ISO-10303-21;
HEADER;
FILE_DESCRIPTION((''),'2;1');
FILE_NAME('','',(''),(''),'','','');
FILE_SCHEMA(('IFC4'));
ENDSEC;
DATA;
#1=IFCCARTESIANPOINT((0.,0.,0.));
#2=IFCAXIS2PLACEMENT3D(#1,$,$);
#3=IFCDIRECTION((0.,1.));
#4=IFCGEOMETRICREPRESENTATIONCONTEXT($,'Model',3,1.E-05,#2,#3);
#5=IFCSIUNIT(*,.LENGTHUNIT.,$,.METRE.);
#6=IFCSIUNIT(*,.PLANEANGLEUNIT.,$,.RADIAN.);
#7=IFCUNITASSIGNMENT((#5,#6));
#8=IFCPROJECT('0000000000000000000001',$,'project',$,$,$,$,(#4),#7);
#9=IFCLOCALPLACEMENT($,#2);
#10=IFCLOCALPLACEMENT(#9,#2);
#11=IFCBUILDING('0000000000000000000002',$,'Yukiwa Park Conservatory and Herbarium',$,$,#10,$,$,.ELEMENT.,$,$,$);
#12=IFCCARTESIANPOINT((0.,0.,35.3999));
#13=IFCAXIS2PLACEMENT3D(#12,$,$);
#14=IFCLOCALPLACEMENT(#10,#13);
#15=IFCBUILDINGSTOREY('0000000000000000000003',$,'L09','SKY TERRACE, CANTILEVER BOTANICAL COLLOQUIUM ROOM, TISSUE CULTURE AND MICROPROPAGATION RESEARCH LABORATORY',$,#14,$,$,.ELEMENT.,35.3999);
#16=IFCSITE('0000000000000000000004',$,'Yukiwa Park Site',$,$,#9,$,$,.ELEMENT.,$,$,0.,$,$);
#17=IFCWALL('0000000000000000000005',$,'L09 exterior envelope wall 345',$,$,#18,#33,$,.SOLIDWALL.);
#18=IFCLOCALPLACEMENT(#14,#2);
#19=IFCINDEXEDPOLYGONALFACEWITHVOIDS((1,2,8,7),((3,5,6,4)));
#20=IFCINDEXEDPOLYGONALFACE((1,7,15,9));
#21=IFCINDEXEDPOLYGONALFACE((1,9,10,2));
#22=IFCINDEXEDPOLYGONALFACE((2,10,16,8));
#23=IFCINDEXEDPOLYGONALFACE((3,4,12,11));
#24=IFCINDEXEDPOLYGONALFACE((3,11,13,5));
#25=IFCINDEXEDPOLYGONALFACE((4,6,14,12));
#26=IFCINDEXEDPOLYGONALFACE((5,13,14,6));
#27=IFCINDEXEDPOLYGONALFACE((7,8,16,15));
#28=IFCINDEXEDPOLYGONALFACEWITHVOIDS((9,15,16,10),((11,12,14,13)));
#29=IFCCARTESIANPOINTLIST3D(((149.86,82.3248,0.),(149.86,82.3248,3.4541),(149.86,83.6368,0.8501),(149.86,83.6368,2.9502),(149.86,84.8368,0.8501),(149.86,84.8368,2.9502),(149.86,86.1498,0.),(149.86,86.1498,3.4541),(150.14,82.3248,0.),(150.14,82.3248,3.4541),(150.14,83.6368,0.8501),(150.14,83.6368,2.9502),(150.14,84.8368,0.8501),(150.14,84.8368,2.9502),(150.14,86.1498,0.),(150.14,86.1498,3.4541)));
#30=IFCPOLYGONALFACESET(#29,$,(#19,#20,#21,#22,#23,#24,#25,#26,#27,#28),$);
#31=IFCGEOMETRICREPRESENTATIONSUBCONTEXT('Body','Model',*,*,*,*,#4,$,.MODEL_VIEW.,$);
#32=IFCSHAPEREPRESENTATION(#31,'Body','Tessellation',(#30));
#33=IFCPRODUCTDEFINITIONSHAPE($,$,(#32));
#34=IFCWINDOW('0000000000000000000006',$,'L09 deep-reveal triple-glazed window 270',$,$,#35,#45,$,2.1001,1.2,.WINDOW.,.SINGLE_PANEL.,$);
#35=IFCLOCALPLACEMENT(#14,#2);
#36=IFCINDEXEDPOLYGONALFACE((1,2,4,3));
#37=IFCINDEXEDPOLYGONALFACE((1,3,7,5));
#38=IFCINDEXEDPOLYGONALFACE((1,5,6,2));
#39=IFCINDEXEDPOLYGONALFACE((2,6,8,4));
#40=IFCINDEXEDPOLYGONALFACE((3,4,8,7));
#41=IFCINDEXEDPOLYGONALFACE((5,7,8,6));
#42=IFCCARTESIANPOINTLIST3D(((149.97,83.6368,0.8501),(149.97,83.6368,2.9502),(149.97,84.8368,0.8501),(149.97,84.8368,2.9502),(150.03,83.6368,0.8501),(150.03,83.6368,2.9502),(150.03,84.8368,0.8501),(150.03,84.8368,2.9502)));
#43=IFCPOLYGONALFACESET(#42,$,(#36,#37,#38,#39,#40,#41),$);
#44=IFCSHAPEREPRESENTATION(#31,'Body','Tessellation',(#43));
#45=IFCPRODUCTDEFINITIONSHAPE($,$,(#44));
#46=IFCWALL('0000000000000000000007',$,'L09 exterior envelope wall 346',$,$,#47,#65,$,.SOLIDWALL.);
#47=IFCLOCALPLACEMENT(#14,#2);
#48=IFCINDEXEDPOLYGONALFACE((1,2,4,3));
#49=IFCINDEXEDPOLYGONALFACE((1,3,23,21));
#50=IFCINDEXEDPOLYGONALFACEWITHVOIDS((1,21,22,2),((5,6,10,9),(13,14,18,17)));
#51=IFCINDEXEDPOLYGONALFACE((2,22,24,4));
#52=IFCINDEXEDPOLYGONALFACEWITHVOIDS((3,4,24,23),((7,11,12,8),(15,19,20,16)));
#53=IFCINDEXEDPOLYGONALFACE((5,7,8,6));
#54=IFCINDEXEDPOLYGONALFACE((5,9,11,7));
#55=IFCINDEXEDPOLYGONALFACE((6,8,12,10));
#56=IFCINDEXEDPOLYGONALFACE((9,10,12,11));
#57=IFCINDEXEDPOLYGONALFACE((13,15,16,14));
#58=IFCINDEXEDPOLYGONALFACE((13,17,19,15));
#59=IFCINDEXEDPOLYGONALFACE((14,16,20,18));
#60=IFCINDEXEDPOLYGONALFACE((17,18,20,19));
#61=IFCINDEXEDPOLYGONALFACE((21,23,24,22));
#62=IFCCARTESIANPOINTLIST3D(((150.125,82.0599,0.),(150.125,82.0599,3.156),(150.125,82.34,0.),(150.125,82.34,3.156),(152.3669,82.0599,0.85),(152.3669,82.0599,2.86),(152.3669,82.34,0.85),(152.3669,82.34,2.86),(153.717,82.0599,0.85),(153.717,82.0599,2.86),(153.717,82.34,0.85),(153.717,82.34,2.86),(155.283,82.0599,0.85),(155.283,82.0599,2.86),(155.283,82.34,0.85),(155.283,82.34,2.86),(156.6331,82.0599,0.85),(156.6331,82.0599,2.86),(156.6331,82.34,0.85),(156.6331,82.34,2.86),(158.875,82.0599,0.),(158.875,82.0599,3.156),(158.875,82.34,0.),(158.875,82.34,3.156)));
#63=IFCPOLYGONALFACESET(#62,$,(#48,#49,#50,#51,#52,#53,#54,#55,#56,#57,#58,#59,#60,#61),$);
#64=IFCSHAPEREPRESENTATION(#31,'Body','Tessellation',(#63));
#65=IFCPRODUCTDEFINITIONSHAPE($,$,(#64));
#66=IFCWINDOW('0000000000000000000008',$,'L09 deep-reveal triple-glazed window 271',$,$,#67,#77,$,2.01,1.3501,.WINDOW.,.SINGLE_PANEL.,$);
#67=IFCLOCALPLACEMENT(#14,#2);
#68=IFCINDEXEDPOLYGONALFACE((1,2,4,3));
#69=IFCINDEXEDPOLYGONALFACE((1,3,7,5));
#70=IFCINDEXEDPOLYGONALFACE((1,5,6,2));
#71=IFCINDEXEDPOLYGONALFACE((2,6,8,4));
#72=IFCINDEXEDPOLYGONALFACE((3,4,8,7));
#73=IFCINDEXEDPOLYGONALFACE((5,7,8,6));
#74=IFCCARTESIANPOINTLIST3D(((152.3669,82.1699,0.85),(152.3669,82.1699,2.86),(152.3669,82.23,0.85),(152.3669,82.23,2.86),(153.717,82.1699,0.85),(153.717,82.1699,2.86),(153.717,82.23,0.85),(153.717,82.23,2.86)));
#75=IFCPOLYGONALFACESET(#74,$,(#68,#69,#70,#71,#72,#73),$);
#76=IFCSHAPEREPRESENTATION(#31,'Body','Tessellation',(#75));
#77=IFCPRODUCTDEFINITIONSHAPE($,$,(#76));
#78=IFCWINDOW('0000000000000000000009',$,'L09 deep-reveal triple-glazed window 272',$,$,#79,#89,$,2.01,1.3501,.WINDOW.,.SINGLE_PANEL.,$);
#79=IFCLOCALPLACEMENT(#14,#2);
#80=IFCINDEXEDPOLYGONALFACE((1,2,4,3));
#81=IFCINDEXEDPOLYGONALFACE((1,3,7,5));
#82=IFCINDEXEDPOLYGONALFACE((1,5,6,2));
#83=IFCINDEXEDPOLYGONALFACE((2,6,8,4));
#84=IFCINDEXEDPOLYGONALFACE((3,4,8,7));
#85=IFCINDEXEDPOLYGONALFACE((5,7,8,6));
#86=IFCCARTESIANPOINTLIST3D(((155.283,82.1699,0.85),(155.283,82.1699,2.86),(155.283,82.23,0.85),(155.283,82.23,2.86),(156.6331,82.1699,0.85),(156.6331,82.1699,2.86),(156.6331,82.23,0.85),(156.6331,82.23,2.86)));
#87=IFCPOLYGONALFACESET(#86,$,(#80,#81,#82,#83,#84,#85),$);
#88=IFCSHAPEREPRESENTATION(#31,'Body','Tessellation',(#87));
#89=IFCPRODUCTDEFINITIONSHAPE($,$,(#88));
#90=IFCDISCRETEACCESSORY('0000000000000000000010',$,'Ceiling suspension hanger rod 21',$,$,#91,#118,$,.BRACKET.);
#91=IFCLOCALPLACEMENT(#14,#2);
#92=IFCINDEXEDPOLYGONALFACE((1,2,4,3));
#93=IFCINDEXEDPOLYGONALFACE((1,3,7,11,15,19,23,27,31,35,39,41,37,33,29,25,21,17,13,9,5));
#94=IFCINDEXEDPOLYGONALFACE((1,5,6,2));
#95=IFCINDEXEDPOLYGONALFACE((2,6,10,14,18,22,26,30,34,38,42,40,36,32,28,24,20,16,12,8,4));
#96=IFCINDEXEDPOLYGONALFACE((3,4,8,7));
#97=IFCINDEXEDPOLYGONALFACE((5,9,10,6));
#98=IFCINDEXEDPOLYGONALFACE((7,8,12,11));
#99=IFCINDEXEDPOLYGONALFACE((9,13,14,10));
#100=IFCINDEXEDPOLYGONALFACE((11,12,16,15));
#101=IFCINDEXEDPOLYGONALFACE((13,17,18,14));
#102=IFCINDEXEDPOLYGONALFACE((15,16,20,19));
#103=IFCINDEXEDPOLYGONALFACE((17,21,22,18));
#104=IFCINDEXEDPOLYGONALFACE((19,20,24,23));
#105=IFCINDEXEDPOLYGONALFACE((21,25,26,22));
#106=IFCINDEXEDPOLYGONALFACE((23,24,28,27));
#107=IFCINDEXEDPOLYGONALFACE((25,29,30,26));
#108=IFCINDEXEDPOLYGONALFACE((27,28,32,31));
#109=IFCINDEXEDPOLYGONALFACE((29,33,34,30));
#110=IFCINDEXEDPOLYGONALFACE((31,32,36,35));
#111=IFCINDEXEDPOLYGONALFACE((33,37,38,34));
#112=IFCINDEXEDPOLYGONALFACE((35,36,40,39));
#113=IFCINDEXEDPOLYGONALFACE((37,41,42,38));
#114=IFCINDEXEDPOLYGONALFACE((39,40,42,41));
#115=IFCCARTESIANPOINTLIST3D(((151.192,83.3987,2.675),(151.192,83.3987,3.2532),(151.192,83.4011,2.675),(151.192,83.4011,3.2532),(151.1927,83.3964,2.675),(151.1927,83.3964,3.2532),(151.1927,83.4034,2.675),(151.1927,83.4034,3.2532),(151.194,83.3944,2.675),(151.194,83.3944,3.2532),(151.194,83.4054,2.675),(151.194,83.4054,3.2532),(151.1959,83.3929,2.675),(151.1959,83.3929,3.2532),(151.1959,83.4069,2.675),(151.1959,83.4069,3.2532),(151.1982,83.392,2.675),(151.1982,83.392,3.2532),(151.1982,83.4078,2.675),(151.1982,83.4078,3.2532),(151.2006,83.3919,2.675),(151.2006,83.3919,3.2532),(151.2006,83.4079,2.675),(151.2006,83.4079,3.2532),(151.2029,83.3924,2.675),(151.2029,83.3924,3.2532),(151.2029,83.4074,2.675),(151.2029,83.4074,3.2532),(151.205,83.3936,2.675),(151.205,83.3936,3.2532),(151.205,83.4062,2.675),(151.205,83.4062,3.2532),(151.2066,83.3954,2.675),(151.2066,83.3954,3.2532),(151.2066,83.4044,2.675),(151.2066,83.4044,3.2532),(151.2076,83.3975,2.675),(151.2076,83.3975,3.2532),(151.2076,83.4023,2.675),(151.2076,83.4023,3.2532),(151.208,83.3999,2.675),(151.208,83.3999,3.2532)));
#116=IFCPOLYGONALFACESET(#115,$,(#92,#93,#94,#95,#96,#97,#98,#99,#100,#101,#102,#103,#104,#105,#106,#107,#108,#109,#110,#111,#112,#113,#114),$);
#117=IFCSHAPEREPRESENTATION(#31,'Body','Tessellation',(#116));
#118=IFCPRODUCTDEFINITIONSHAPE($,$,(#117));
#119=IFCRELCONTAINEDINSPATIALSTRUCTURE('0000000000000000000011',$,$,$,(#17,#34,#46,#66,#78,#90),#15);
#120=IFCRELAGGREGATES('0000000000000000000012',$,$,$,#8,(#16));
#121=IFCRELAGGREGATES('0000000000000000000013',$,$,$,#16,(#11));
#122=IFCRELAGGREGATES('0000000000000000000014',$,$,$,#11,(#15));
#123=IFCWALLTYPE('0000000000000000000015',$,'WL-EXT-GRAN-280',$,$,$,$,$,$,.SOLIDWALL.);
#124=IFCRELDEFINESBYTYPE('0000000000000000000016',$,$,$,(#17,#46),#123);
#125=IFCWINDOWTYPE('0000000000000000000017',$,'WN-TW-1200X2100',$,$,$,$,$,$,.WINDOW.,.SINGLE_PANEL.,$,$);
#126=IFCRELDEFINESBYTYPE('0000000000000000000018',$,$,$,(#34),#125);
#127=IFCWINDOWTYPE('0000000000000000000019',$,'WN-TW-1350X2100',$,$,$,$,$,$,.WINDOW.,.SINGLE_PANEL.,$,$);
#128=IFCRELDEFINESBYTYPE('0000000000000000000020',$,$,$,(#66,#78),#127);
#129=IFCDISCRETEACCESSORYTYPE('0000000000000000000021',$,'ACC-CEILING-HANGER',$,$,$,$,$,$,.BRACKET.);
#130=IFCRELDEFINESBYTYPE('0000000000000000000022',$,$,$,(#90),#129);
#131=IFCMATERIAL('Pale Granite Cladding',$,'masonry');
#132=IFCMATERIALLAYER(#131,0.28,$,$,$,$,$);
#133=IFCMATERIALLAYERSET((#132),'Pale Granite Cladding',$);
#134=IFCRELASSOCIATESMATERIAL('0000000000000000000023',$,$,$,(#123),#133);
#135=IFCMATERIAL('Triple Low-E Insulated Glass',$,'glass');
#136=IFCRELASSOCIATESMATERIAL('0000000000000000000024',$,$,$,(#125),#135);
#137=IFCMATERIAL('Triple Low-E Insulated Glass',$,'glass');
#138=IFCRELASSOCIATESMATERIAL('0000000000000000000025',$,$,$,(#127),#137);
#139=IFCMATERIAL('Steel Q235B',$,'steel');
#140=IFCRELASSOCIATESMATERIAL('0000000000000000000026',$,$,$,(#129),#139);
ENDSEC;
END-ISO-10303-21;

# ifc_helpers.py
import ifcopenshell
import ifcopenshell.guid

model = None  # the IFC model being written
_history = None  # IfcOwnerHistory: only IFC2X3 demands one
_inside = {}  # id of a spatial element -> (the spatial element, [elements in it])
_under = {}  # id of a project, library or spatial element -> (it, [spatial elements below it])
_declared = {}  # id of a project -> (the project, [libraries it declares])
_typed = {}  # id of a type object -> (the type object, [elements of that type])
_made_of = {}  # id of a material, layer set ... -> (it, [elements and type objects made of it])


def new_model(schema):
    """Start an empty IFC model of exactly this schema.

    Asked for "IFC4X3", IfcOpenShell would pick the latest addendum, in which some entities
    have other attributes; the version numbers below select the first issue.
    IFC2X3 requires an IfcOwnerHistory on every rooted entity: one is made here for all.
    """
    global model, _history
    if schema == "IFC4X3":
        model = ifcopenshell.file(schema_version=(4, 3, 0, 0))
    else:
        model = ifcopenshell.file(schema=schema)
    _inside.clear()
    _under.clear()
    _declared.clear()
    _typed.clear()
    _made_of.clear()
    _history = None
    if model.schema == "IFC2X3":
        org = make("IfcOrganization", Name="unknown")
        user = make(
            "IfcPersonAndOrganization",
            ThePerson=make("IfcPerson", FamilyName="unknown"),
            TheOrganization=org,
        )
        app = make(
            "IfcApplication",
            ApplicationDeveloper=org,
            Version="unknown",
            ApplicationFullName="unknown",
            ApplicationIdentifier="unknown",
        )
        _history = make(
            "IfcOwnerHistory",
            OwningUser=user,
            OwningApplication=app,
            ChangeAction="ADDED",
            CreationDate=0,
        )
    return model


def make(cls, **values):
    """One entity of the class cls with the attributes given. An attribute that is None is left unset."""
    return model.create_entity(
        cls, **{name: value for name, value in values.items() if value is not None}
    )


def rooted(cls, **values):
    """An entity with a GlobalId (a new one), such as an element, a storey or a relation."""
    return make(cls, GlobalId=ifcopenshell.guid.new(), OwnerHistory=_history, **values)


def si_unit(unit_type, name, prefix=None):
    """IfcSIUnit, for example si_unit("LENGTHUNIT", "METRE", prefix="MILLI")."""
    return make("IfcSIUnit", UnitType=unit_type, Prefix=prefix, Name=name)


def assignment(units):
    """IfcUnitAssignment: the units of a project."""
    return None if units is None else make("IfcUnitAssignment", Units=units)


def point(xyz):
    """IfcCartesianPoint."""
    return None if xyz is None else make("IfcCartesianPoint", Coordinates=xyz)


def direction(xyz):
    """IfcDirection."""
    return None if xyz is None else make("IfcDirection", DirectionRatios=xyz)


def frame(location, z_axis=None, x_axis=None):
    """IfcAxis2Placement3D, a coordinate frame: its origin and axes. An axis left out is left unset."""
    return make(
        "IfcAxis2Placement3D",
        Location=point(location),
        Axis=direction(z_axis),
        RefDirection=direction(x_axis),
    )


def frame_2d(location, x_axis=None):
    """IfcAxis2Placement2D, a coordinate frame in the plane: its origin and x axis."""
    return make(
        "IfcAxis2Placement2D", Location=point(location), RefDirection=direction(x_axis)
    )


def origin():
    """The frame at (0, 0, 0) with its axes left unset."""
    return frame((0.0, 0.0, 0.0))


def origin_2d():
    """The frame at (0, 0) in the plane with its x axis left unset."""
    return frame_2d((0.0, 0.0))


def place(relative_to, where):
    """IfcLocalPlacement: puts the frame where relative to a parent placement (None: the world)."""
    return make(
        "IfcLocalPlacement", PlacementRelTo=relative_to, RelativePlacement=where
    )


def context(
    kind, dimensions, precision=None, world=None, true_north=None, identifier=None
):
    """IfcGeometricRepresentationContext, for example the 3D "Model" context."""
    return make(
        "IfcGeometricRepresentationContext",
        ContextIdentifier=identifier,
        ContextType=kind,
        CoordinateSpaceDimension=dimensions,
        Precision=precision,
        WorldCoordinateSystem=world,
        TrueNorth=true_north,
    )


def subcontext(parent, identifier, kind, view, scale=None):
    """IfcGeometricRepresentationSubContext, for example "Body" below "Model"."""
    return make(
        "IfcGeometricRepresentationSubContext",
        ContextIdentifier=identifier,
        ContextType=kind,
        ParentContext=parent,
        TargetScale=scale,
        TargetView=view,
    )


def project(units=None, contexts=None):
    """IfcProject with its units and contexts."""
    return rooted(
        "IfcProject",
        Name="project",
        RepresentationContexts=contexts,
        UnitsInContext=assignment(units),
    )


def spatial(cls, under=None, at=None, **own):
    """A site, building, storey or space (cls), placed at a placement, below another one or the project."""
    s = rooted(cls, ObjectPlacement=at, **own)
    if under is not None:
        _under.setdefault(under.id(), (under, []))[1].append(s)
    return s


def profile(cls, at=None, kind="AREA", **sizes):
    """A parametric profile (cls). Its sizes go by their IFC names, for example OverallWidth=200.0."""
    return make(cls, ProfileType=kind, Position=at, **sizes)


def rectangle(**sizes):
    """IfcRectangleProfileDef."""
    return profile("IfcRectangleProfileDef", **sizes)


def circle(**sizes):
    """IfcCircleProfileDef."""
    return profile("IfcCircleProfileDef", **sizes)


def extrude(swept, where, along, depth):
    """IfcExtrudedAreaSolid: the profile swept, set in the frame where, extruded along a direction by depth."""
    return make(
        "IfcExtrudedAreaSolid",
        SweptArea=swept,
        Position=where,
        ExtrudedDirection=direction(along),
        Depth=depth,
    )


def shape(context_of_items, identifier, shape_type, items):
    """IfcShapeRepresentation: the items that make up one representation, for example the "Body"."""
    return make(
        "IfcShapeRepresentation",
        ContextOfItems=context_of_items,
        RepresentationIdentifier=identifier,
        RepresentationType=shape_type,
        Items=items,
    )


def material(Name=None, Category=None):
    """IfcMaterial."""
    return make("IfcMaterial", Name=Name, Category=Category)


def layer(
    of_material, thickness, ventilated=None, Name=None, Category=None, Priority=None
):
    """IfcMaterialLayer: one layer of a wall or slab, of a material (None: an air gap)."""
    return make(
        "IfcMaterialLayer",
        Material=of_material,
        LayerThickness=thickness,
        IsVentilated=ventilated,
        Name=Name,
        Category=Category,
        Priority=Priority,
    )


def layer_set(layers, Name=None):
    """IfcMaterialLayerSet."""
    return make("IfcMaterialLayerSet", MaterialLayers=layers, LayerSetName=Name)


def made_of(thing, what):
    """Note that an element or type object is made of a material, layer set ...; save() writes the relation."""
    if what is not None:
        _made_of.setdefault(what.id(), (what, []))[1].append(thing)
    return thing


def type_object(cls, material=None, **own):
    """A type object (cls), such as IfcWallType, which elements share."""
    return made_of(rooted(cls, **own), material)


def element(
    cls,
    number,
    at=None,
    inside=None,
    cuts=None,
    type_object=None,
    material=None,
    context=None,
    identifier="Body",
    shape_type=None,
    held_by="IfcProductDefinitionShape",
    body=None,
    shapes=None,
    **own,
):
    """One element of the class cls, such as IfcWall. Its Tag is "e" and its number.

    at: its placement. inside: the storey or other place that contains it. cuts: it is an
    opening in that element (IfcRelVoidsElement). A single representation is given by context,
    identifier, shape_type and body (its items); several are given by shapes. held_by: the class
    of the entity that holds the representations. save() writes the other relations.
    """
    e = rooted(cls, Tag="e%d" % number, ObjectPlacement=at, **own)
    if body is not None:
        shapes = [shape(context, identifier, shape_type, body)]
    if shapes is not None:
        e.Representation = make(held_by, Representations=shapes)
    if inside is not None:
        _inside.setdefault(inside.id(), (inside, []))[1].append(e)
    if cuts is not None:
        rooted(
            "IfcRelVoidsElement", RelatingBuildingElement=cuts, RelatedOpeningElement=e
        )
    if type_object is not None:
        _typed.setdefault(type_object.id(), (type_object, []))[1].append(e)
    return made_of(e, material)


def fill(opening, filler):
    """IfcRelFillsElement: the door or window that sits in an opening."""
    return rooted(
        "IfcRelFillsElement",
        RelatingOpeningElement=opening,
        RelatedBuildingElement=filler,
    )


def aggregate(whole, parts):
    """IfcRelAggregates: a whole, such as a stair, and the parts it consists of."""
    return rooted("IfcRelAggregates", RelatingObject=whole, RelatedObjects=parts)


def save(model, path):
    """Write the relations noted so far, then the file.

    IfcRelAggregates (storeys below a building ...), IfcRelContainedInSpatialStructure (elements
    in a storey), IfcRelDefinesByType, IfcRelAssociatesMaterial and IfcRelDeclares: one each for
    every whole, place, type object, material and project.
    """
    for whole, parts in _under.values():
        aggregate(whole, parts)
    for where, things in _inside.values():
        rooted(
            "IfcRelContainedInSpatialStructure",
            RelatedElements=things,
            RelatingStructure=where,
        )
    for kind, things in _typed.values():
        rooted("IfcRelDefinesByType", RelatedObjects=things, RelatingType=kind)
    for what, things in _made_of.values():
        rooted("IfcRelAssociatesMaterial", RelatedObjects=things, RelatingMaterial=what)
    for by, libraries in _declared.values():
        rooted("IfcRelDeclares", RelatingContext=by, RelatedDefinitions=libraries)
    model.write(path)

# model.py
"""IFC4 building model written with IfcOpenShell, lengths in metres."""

from ifc_helpers import new_model, si_unit, direction, frame, frame_2d, origin, origin_2d, place, context, subcontext, project, spatial, rectangle, circle, extrude, material, layer, layer_set, type_object, element, fill, save


model = new_model("IFC4")

# Units and contexts
model_context = context("Model", 3, precision=1e-05, world=origin(), true_north=direction((0.0, 1.0)))
body_context = subcontext(model_context, "Body", "Model", "MODEL_VIEW")
ifc_project = project(units=[si_unit("LENGTHUNIT", "METRE"), si_unit("PLANEANGLEUNIT", "RADIAN")], contexts=[model_context])

# Site, building, storey
site_placement = place(None, origin())
site = spatial("IfcSite", under=ifc_project, at=site_placement, Name="Yukiwa Park Site", CompositionType="ELEMENT", RefElevation=0.0)
building_placement = place(site_placement, origin())
building = spatial("IfcBuilding", under=site, at=building_placement, Name="Yukiwa Park Conservatory and Herbarium", CompositionType="ELEMENT")
storey_placement = place(building_placement, frame((0.0, 0.0, 35.3999)))
storey = spatial("IfcBuildingStorey", under=building, at=storey_placement, Name="L09", Description="SKY TERRACE, CANTILEVER BOTANICAL COLLOQUIUM ROOM, TISSUE CULTURE AND MICROPROPAGATION RESEARCH LABORATORY", CompositionType="ELEMENT", Elevation=35.3999)

# Wall, opening, window
ifc_material_1 = material(Name="Pale Granite Cladding", Category="masonry")
ifc_layer_1 = layer(ifc_material_1, 0.28)
ifc_layer_set_1 = layer_set([ifc_layer_1], Name="Pale Granite Cladding")
wall_type = type_object("IfcWallType", Name="WL-EXT-GRAN-280", PredefinedType="SOLIDWALL", material=ifc_layer_set_1)
wall_1_placement = place(storey_placement, frame((150.0, 86.1499, 0.0), z_axis=(0.0, 0.0, 1.0), x_axis=(0.0, -1.0, 0.0)))
wall_1 = element("IfcWall", 1, at=wall_1_placement, inside=storey, type_object=wall_type, Name="L09 exterior envelope wall 345", PredefinedType="SOLIDWALL", context=body_context, shape_type="SweptSolid", body=[
    extrude(rectangle(XDim=3.825, YDim=0.28, at=frame_2d((1.9126, 0.0))), origin(), (0.0, 0.0, 1.0), 3.4541),
])
opening_1_placement = place(wall_1_placement, frame((1.313, 0.0, 0.8501)))
opening_1 = element("IfcOpeningElement", 2, at=opening_1_placement, cuts=wall_1, PredefinedType="OPENING", context=body_context, shape_type="SweptSolid", body=[
    extrude(rectangle(XDim=1.2, YDim=2.1001, at=frame_2d((0.6001, 1.05))), frame((0.0, 0.1499, 0.0), z_axis=(0.0, -1.0, 0.0), x_axis=(1.0, 0.0, 0.0)), (0.0, 0.0, 1.0), 0.3),
])
ifc_material_2 = material(Name="Triple Low-E Insulated Glass", Category="glass")
window_type_1 = type_object("IfcWindowType", Name="WN-TW-1200X2100", PartitioningType="SINGLE_PANEL", PredefinedType="WINDOW", material=ifc_material_2)
window_1_placement = place(opening_1_placement, origin())
window_1 = element("IfcWindow", 3, at=window_1_placement, inside=storey, type_object=window_type_1, Name="L09 deep-reveal triple-glazed window 270", OverallHeight=2.1001, OverallWidth=1.2, PartitioningType="SINGLE_PANEL", PredefinedType="WINDOW", context=body_context, shape_type="SweptSolid", body=[
    extrude(rectangle(XDim=1.2, YDim=2.1001, at=frame_2d((0.6001, 1.05))), frame((0.0, 0.03, 0.0), z_axis=(0.0, -1.0, 0.0), x_axis=(1.0, 0.0, 0.0)), (0.0, 0.0, 1.0), 0.0601),
])
fill(opening_1, window_1)

# Wall, openings, windows
wall_2_placement = place(storey_placement, frame((150.125, 82.2, 0.0), z_axis=(0.0, 0.0, 1.0), x_axis=(1.0, 0.0, 0.0)))
wall_2 = element("IfcWall", 4, at=wall_2_placement, inside=storey, type_object=wall_type, Name="L09 exterior envelope wall 346", PredefinedType="SOLIDWALL", context=body_context, shape_type="SweptSolid", body=[
    extrude(rectangle(XDim=8.75, YDim=0.28, at=frame_2d((4.375, 0.0))), origin(), (0.0, 0.0, 1.0), 3.156),
])
opening_2_placement = place(wall_2_placement, frame((2.2419, 0.0, 0.8501)))
opening_2 = element("IfcOpeningElement", 5, at=opening_2_placement, cuts=wall_2, PredefinedType="OPENING", context=body_context, shape_type="SweptSolid", body=[
    extrude(rectangle(XDim=1.3501, YDim=2.01, at=frame_2d((0.675, 1.0049))), frame((0.0, 0.1499, 0.0), z_axis=(0.0, -1.0, 0.0), x_axis=(1.0, 0.0, 0.0)), (0.0, 0.0, 1.0), 0.3),
])
opening_3_placement = place(wall_2_placement, frame((5.158, 0.0, 0.8501)))
opening_3 = element("IfcOpeningElement", 6, at=opening_3_placement, cuts=wall_2, PredefinedType="OPENING", context=body_context, shape_type="SweptSolid", body=[
    extrude(rectangle(XDim=1.3501, YDim=2.01, at=frame_2d((0.675, 1.0049))), frame((0.0, 0.1499, 0.0), z_axis=(0.0, -1.0, 0.0), x_axis=(1.0, 0.0, 0.0)), (0.0, 0.0, 1.0), 0.3),
])
ifc_material_3 = material(Name="Triple Low-E Insulated Glass", Category="glass")
window_type_2 = type_object("IfcWindowType", Name="WN-TW-1350X2100", PartitioningType="SINGLE_PANEL", PredefinedType="WINDOW", material=ifc_material_3)
window_2_placement = place(opening_2_placement, origin())
window_2 = element("IfcWindow", 7, at=window_2_placement, inside=storey, type_object=window_type_2, Name="L09 deep-reveal triple-glazed window 271", OverallHeight=2.01, OverallWidth=1.3501, PartitioningType="SINGLE_PANEL", PredefinedType="WINDOW", context=body_context, shape_type="SweptSolid", body=[
    extrude(rectangle(XDim=1.3501, YDim=2.01, at=frame_2d((0.675, 1.0049))), frame((0.0, 0.03, 0.0), z_axis=(0.0, -1.0, 0.0), x_axis=(1.0, 0.0, 0.0)), (0.0, 0.0, 1.0), 0.0601),
])
fill(opening_2, window_2)
window_3_placement = place(opening_3_placement, origin())
window_3 = element("IfcWindow", 8, at=window_3_placement, inside=storey, type_object=window_type_2, Name="L09 deep-reveal triple-glazed window 272", OverallHeight=2.01, OverallWidth=1.3501, PartitioningType="SINGLE_PANEL", PredefinedType="WINDOW", context=body_context, shape_type="SweptSolid", body=[
    extrude(rectangle(XDim=1.3501, YDim=2.01, at=frame_2d((0.675, 1.0049))), frame((0.0, 0.03, 0.0), z_axis=(0.0, -1.0, 0.0), x_axis=(1.0, 0.0, 0.0)), (0.0, 0.0, 1.0), 0.0601),
])
fill(opening_3, window_3)

# Discrete accessory
ifc_material_4 = material(Name="Steel Q235B", Category="steel")
discrete_accessory_type = type_object("IfcDiscreteAccessoryType", Name="ACC-CEILING-HANGER", PredefinedType="BRACKET", material=ifc_material_4)
discrete_accessory_placement = place(storey_placement, frame((151.2, 83.3999, 2.675), z_axis=(0.0, 0.0, 1.0), x_axis=(1.0, 0.0, 0.0)))
element("IfcDiscreteAccessory", 9, at=discrete_accessory_placement, inside=storey, type_object=discrete_accessory_type, Name="Ceiling suspension hanger rod 21", PredefinedType="BRACKET", context=body_context, shape_type="SweptSolid", body=[
    extrude(circle(Radius=0.0081, at=origin_2d()), origin(), (0.0, 0.0, 1.0), 0.5781),
])

save(model, "model.ifc")
